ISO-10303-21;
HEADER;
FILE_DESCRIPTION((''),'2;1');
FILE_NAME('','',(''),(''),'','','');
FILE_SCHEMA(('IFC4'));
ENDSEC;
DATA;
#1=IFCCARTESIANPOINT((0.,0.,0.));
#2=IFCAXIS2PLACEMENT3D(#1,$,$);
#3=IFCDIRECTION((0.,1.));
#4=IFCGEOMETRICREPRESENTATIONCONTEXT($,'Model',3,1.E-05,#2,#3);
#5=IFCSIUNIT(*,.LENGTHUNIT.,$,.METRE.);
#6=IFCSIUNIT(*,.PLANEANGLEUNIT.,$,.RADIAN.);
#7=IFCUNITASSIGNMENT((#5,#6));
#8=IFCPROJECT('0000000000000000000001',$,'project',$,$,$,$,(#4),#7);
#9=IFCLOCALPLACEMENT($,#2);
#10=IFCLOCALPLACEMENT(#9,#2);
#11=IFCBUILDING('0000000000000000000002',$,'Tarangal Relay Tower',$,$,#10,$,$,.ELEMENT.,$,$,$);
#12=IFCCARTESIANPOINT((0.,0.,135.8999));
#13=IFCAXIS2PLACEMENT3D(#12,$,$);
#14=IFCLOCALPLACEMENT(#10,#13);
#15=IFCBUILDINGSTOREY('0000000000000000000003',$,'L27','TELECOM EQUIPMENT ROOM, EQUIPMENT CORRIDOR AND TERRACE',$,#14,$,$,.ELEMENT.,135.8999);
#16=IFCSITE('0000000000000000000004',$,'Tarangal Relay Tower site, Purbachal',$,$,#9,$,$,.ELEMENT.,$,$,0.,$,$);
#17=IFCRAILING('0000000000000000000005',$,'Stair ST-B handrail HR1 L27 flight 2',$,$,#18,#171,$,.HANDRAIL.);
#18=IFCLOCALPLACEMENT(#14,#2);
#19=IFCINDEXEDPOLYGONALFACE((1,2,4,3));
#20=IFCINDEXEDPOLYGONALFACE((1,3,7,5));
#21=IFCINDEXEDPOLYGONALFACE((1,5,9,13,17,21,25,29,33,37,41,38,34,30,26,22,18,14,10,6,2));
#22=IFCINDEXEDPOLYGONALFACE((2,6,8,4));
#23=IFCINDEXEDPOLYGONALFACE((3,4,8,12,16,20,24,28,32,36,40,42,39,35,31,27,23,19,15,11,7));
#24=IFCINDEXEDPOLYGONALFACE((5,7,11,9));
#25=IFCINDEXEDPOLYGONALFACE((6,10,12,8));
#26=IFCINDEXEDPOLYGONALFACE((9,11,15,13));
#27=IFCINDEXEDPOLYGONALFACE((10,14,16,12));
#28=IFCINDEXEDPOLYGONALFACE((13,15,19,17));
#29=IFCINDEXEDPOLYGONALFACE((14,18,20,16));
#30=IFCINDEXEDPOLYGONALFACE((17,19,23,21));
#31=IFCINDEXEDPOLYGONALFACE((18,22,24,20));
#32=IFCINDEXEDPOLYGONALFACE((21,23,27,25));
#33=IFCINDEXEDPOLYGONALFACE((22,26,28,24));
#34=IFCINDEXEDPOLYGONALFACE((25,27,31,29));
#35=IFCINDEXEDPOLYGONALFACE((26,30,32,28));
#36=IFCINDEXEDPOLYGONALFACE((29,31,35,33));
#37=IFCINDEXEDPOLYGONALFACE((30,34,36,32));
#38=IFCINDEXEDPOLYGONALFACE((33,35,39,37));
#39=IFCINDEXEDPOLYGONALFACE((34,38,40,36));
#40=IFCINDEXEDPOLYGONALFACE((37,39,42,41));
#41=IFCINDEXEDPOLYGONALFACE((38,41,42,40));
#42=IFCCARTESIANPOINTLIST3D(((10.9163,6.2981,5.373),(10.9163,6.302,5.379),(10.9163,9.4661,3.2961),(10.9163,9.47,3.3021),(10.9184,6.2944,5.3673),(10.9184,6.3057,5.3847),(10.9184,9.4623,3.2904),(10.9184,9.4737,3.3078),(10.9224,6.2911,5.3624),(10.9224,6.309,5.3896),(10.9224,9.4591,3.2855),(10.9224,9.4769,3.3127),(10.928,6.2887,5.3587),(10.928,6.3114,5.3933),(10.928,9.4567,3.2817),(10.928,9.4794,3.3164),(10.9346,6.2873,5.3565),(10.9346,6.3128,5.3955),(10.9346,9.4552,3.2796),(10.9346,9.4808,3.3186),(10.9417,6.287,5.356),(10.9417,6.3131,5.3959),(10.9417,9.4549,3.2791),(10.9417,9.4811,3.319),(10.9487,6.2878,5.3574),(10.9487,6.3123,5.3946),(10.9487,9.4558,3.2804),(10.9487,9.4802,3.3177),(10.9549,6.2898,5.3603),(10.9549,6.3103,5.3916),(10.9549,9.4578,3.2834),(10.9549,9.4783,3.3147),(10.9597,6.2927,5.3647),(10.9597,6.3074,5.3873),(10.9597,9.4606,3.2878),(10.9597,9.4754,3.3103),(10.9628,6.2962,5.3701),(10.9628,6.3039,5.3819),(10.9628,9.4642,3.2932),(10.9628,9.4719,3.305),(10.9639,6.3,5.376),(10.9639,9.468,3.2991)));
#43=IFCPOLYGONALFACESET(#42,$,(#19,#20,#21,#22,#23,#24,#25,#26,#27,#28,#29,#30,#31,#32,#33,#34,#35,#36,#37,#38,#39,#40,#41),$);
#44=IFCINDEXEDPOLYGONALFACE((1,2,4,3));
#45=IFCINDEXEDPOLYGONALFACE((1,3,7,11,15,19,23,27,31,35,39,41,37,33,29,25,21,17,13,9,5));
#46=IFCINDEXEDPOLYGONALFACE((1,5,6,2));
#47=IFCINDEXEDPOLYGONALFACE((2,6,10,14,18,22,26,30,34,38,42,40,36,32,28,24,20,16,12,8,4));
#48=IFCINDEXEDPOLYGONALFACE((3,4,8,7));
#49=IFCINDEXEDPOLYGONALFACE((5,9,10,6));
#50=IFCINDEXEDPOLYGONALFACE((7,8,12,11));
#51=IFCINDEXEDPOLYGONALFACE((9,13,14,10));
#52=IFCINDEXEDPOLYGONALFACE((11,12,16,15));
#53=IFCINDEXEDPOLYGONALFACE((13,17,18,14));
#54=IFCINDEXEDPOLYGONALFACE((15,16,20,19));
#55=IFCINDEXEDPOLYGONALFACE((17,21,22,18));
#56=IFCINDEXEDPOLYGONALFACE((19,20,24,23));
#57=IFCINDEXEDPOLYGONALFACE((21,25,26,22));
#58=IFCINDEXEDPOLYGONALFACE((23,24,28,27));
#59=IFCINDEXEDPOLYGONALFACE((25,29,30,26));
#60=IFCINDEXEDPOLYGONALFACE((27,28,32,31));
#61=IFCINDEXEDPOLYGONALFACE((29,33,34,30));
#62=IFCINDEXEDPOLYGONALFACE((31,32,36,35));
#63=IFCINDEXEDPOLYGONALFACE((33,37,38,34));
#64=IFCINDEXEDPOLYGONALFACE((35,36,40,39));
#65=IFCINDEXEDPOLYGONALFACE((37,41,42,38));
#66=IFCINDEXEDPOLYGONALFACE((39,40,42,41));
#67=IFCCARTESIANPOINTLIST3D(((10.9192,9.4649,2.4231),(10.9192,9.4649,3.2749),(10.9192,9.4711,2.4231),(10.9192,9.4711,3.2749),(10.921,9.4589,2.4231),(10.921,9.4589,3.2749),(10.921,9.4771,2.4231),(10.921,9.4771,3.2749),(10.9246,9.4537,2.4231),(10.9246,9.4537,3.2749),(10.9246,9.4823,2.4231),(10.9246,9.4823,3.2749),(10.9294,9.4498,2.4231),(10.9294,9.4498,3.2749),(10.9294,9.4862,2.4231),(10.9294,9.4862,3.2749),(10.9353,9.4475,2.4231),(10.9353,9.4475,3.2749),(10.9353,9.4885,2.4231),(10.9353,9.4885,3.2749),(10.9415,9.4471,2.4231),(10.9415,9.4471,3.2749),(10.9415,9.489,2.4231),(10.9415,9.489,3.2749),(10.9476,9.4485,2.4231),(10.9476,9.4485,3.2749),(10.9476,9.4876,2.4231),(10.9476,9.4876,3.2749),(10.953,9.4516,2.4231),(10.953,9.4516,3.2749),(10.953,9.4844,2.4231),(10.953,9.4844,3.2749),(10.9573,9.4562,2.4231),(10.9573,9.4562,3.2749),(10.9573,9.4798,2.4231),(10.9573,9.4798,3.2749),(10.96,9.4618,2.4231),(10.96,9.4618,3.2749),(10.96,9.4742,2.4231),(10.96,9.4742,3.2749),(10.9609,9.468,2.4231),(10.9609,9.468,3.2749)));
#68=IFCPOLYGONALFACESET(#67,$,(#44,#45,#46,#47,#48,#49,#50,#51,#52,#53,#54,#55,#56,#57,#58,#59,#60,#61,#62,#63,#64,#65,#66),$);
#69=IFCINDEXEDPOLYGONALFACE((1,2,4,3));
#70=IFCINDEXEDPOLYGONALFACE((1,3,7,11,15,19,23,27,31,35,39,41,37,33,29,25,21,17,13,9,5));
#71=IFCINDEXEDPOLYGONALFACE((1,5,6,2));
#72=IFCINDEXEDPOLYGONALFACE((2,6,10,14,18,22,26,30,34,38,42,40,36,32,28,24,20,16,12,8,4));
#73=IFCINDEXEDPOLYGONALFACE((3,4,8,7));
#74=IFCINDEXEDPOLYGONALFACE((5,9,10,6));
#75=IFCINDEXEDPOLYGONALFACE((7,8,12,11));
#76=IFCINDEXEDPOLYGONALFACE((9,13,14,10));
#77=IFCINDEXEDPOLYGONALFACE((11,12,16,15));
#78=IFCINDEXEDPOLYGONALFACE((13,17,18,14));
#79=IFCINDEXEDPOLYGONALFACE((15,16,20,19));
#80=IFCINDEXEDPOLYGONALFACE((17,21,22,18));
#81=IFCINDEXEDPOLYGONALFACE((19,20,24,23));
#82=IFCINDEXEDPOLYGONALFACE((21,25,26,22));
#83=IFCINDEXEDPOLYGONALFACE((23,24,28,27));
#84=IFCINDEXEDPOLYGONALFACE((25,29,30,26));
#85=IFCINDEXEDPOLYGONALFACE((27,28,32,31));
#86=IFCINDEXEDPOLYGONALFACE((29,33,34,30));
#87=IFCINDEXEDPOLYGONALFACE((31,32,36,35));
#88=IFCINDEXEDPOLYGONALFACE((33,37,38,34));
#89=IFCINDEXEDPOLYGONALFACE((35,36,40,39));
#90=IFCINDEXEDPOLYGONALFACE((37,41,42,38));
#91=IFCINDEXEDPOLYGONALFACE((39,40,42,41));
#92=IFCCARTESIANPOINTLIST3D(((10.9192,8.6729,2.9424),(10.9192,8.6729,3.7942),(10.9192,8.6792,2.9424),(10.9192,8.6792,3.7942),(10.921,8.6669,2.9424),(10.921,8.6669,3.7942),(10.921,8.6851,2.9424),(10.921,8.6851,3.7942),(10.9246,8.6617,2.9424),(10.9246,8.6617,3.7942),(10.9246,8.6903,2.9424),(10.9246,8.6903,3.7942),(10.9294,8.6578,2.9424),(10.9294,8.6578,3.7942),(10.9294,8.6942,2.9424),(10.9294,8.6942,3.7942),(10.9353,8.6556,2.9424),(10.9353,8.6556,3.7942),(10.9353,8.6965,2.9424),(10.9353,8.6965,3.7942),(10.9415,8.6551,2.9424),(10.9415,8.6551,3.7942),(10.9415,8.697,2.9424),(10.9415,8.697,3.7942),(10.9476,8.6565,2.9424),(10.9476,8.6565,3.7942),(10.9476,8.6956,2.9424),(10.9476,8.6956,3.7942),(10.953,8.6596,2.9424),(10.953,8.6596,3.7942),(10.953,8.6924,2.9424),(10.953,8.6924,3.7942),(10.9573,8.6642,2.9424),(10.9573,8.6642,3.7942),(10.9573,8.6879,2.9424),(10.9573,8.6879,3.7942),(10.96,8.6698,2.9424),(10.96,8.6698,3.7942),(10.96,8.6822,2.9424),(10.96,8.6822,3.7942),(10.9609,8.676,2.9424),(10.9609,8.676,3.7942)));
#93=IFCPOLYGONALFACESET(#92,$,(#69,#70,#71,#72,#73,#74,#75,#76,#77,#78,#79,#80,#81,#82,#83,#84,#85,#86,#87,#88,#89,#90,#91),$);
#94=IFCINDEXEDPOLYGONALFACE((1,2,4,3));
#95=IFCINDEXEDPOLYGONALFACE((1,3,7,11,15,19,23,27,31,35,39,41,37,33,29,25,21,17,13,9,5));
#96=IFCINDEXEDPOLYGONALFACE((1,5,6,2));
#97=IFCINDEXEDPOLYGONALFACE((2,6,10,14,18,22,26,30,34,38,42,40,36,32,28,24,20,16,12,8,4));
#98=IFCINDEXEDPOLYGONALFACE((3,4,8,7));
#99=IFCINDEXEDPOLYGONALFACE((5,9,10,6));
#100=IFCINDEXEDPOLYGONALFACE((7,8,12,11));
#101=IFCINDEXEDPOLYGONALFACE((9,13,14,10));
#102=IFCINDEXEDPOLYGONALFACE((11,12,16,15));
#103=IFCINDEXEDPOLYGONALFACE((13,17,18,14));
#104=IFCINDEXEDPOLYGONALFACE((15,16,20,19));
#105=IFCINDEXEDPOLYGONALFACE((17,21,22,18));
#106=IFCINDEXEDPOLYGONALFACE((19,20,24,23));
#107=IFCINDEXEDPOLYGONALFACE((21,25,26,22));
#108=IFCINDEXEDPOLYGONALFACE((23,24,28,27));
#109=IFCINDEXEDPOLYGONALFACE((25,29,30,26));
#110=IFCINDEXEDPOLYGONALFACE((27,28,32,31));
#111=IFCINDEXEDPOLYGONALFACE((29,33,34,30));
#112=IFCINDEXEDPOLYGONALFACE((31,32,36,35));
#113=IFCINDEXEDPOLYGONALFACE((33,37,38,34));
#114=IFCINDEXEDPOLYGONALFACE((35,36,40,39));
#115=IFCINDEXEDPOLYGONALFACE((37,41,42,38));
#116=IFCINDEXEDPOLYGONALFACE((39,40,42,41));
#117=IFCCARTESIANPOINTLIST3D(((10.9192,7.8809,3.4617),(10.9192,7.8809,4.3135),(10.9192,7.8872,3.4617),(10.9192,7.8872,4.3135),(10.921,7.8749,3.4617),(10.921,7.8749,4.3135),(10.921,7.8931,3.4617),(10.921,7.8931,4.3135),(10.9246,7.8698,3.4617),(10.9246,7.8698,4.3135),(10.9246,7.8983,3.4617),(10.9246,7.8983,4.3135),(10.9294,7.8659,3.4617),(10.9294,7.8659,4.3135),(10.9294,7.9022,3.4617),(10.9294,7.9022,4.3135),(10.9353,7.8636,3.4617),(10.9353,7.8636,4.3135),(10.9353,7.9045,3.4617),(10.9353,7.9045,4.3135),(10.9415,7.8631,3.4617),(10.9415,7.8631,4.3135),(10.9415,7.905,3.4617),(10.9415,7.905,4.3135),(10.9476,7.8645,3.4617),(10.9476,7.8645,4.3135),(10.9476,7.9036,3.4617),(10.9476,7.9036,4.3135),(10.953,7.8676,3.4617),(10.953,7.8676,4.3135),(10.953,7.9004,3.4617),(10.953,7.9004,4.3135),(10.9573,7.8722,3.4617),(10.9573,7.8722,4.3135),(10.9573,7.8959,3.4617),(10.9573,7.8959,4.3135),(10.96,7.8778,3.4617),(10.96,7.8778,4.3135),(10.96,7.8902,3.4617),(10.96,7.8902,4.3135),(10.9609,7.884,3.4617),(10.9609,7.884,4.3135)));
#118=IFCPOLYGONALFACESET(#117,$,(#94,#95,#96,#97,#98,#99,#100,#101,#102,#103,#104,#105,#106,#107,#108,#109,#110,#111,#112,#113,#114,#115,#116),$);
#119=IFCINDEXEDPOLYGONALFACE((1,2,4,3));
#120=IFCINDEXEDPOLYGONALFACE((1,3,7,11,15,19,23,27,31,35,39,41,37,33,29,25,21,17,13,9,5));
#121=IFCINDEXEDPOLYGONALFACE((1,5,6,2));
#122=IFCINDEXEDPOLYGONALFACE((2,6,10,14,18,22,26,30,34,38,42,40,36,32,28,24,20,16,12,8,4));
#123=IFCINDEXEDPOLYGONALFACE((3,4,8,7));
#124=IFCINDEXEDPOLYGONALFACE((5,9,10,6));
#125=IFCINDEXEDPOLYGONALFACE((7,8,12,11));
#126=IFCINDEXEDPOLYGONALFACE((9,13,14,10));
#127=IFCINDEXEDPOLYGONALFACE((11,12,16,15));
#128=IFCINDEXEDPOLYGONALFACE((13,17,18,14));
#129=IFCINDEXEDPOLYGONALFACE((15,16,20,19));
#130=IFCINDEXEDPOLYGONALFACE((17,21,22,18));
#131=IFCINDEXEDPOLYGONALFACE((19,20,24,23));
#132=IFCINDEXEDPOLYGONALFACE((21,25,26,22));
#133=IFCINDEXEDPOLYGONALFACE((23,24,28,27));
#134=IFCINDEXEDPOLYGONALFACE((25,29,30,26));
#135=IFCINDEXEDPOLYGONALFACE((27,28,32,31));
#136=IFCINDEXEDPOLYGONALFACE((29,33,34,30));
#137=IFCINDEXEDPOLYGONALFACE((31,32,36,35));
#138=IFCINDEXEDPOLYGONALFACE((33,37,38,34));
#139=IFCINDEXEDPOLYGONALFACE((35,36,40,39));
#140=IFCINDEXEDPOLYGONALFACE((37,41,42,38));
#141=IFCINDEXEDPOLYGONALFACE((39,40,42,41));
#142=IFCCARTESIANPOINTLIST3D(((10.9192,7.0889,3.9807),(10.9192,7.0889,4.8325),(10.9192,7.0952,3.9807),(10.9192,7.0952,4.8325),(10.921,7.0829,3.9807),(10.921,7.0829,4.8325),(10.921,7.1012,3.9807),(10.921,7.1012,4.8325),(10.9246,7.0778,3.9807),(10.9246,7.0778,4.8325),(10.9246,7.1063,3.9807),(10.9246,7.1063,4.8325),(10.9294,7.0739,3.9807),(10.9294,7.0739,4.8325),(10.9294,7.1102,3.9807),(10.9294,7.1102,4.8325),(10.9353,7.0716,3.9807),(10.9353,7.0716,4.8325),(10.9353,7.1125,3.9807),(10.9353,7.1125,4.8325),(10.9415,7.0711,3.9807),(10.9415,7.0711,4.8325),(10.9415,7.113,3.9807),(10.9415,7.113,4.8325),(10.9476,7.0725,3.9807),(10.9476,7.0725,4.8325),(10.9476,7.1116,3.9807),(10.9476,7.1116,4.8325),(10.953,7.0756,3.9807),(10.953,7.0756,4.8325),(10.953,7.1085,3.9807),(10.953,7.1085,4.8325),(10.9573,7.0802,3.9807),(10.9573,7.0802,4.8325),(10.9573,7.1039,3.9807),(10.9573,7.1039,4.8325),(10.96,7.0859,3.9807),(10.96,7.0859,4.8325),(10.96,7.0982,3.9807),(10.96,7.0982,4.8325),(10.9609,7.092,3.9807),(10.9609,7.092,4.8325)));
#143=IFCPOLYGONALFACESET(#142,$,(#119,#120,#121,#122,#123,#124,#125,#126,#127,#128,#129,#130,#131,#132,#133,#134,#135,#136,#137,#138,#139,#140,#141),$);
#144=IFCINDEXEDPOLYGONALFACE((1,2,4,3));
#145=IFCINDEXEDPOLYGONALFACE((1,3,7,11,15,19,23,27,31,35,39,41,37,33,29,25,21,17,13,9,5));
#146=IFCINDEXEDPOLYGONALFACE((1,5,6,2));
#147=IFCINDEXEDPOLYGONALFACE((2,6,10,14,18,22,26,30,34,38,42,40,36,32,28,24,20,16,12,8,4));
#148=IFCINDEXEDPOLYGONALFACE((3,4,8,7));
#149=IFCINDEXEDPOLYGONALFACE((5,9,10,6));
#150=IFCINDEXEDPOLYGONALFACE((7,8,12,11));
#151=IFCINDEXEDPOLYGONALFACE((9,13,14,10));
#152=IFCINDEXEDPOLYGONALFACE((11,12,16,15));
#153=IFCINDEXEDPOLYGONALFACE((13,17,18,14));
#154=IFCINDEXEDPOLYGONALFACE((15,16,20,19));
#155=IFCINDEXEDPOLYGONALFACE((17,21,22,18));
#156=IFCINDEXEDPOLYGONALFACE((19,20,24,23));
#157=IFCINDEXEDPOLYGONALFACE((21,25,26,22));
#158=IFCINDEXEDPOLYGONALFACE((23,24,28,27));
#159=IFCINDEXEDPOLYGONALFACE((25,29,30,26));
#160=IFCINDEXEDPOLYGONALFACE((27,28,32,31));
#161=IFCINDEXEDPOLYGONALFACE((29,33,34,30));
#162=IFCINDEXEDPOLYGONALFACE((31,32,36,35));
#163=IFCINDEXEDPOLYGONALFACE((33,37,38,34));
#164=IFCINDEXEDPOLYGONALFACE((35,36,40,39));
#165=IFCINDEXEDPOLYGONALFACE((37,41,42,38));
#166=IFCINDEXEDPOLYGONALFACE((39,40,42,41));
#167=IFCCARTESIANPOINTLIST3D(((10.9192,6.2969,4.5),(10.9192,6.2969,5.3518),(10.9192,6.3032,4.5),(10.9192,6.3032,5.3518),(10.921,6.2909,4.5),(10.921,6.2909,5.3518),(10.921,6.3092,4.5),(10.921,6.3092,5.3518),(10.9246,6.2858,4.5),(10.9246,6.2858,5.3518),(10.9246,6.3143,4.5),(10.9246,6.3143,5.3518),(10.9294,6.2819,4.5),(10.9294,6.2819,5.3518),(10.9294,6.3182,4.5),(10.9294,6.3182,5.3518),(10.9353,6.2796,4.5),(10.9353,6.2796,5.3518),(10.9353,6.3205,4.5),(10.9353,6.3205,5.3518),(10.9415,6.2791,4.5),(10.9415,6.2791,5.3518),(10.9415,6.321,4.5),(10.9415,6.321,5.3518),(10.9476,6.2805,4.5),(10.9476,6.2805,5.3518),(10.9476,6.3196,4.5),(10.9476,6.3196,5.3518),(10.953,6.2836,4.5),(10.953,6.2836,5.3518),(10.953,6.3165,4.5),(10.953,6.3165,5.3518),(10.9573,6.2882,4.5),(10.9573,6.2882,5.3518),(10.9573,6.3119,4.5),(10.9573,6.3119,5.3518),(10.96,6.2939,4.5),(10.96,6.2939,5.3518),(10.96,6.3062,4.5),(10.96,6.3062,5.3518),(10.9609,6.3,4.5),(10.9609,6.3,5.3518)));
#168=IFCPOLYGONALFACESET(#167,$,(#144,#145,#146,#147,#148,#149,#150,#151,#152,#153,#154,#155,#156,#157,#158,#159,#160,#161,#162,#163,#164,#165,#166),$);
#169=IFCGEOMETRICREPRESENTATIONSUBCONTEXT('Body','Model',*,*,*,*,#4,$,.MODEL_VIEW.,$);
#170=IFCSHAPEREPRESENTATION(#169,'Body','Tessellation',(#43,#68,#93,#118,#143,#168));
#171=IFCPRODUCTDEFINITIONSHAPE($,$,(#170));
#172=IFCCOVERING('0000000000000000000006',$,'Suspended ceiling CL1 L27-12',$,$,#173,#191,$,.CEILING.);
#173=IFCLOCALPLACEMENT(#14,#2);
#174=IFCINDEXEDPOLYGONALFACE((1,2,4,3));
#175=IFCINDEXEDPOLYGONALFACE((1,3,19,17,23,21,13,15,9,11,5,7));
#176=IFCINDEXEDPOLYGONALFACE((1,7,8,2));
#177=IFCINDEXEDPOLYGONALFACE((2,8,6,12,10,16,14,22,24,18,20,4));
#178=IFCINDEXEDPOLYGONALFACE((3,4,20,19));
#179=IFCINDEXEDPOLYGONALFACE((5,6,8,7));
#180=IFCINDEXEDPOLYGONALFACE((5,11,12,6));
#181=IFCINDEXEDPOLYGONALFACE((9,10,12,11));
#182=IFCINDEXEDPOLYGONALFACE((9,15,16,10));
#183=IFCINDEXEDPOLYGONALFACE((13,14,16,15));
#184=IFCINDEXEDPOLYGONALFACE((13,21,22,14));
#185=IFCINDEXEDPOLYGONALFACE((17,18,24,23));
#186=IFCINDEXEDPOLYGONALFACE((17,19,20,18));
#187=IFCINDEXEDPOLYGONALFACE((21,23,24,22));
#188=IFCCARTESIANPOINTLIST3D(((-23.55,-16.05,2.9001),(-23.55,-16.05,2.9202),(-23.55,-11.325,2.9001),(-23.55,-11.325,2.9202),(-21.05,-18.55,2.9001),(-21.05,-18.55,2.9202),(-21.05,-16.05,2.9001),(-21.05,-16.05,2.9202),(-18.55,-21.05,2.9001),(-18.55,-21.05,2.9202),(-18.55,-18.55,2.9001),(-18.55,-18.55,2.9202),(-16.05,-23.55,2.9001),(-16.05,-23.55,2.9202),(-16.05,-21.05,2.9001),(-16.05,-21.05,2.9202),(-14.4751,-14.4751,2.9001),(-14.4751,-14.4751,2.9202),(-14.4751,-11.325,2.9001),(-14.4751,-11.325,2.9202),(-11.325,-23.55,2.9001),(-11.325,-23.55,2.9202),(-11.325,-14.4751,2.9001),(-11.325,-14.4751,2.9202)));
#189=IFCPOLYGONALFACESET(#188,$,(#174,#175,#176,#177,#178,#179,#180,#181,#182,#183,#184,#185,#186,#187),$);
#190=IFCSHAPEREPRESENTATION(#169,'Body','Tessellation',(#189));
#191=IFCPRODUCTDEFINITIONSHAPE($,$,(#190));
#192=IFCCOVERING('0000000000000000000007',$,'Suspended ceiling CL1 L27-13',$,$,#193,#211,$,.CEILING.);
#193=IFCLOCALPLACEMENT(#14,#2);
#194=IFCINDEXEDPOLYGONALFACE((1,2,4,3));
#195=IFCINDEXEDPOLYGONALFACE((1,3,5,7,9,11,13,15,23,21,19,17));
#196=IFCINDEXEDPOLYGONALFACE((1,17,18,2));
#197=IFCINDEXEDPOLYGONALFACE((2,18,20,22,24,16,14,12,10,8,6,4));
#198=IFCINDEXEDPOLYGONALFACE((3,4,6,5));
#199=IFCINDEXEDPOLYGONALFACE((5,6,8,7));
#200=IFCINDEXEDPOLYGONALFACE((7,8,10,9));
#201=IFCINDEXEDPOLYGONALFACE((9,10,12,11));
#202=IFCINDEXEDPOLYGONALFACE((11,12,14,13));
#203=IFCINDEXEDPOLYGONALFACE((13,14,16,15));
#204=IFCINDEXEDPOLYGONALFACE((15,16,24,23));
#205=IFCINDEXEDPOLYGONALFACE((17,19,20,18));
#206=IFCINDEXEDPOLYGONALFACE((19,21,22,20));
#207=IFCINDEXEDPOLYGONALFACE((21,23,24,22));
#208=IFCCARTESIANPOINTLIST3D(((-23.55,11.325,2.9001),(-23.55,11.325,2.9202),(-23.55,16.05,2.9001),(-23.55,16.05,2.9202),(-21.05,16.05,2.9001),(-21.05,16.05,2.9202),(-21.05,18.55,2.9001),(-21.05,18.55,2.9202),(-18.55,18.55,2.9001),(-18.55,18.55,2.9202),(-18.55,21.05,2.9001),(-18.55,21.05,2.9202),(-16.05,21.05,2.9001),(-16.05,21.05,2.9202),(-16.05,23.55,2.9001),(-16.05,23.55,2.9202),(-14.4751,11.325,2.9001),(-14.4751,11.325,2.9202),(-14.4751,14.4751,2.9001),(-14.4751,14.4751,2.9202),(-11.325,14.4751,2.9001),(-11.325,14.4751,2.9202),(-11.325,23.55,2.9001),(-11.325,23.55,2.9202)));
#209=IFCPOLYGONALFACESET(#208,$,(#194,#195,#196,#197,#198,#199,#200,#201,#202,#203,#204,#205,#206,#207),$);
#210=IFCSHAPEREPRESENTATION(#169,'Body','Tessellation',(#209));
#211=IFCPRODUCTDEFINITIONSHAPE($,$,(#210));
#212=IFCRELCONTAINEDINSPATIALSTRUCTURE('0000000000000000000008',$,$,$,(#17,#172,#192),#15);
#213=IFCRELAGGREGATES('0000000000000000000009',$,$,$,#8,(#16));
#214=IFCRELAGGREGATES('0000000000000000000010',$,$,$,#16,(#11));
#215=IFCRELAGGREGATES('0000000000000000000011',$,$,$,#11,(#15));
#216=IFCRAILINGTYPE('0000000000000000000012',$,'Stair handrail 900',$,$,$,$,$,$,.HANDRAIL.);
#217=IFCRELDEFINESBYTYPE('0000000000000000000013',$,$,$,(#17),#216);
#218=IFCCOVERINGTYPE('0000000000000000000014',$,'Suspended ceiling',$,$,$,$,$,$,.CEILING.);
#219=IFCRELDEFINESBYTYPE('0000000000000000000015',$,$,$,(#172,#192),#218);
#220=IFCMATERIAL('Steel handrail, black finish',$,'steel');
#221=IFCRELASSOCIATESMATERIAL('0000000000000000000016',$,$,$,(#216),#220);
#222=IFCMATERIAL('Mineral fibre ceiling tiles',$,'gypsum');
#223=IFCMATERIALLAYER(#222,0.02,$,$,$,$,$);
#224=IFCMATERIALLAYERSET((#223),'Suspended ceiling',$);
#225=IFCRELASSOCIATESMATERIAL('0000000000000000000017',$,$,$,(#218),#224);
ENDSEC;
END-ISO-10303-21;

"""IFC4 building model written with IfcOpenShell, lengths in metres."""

from ifc_helpers import new_model, si_unit, direction, frame, origin, origin_2d, place, context, subcontext, project, spatial, polyline, circle, outline, extrude, material, layer, layer_set, type_object, element, save


model = new_model("IFC4")

# Units and contexts
model_context = context("Model", 3, precision=1e-05, world=origin(), true_north=direction((0.0, 1.0)))
body_context = subcontext(model_context, "Body", "Model", "MODEL_VIEW")
ifc_project = project(units=[si_unit("LENGTHUNIT", "METRE"), si_unit("PLANEANGLEUNIT", "RADIAN")], contexts=[model_context])

# Site, building, storey
site_placement = place(None, origin())
site = spatial("IfcSite", under=ifc_project, at=site_placement, Name="Tarangal Relay Tower site, Purbachal", CompositionType="ELEMENT", RefElevation=0.0)
building_placement = place(site_placement, origin())
building = spatial("IfcBuilding", under=site, at=building_placement, Name="Tarangal Relay Tower", CompositionType="ELEMENT")
storey_placement = place(building_placement, frame((0.0, 0.0, 135.8999)))
storey = spatial("IfcBuildingStorey", under=building, at=storey_placement, Name="L27", Description="TELECOM EQUIPMENT ROOM, EQUIPMENT CORRIDOR AND TERRACE", CompositionType="ELEMENT", Elevation=135.8999)

# Railing
ifc_material_1 = material(Name="Steel handrail, black finish", Category="steel")
railing_type_1 = type_object("IfcRailingType", Name="Stair handrail 900", PredefinedType="HANDRAIL", material=ifc_material_1)
railing_1_placement = place(storey_placement, frame((10.9399, 9.468, 2.4231)))
element("IfcRailing", 1, at=railing_1_placement, inside=storey, type_object=railing_type_1, Name="Stair ST-B handrail HR1 L27 flight 2", PredefinedType="HANDRAIL", context=body_context, shape_type="SweptSolid", body=[
    extrude(circle(Radius=0.0239, at=origin_2d()), frame((0.0, 0.0, 0.876), z_axis=(0.0, -0.836299, 0.548273), x_axis=(1.0, 0.0, 0.0)), (0.0, 0.0, 1.0), 3.7881),
    extrude(circle(Radius=0.021, at=origin_2d()), origin(), (0.0, 0.0, 1.0), 0.8518),
    extrude(circle(Radius=0.021, at=origin_2d()), frame((0.0, -0.792, 0.5193)), (0.0, 0.0, 1.0), 0.8518),
    extrude(circle(Radius=0.021, at=origin_2d()), frame((0.0, -1.584, 1.0386)), (0.0, 0.0, 1.0), 0.8518),
    extrude(circle(Radius=0.021, at=origin_2d()), frame((0.0, -2.376, 1.5576)), (0.0, 0.0, 1.0), 0.8518),
    extrude(circle(Radius=0.021, at=origin_2d()), frame((0.0, -3.168, 2.0769)), (0.0, 0.0, 1.0), 0.8518),
])

# Coverings
ifc_material_2 = material(Name="Mineral fibre ceiling tiles", Category="gypsum")
ifc_layer_1 = layer(ifc_material_2, 0.02)
ifc_layer_set_1 = layer_set([ifc_layer_1], Name="Suspended ceiling")
covering_type_1 = type_object("IfcCoveringType", Name="Suspended ceiling", PredefinedType="CEILING", material=ifc_layer_set_1)
covering_1_placement = place(storey_placement, frame((0.0, 0.0, 2.9001)))
element("IfcCovering", 2, at=covering_1_placement, inside=storey, type_object=covering_type_1, Name="Suspended ceiling CL1 L27-12", PredefinedType="CEILING", context=body_context, shape_type="SweptSolid", body=[
    extrude(outline(polyline([(-16.05, -21.05), (-16.05, -23.55), (-11.325, -23.55), (-11.325, -14.4751), (-14.4751, -14.4751), (-14.4751, -11.325), (-23.55, -11.325), (-23.55, -16.05), (-21.05, -16.05), (-21.05, -18.55), (-18.55, -18.55), (-18.55, -21.05), (-16.05, -21.05)])), origin(), (0.0, 0.0, 1.0), 0.02),
])
covering_2_placement = place(storey_placement, frame((0.0, 0.0, 2.9001)))
element("IfcCovering", 3, at=covering_2_placement, inside=storey, type_object=covering_type_1, Name="Suspended ceiling CL1 L27-13", PredefinedType="CEILING", context=body_context, shape_type="SweptSolid", body=[
    extrude(outline(polyline([(-21.05, 16.05), (-23.55, 16.05), (-23.55, 11.325), (-14.4751, 11.325), (-14.4751, 14.4751), (-11.325, 14.4751), (-11.325, 23.55), (-16.05, 23.55), (-16.05, 21.05), (-18.55, 21.05), (-18.55, 18.55), (-21.05, 18.55), (-21.05, 16.05)])), origin(), (0.0, 0.0, 1.0), 0.02),
])

save(model, "model.ifc")
